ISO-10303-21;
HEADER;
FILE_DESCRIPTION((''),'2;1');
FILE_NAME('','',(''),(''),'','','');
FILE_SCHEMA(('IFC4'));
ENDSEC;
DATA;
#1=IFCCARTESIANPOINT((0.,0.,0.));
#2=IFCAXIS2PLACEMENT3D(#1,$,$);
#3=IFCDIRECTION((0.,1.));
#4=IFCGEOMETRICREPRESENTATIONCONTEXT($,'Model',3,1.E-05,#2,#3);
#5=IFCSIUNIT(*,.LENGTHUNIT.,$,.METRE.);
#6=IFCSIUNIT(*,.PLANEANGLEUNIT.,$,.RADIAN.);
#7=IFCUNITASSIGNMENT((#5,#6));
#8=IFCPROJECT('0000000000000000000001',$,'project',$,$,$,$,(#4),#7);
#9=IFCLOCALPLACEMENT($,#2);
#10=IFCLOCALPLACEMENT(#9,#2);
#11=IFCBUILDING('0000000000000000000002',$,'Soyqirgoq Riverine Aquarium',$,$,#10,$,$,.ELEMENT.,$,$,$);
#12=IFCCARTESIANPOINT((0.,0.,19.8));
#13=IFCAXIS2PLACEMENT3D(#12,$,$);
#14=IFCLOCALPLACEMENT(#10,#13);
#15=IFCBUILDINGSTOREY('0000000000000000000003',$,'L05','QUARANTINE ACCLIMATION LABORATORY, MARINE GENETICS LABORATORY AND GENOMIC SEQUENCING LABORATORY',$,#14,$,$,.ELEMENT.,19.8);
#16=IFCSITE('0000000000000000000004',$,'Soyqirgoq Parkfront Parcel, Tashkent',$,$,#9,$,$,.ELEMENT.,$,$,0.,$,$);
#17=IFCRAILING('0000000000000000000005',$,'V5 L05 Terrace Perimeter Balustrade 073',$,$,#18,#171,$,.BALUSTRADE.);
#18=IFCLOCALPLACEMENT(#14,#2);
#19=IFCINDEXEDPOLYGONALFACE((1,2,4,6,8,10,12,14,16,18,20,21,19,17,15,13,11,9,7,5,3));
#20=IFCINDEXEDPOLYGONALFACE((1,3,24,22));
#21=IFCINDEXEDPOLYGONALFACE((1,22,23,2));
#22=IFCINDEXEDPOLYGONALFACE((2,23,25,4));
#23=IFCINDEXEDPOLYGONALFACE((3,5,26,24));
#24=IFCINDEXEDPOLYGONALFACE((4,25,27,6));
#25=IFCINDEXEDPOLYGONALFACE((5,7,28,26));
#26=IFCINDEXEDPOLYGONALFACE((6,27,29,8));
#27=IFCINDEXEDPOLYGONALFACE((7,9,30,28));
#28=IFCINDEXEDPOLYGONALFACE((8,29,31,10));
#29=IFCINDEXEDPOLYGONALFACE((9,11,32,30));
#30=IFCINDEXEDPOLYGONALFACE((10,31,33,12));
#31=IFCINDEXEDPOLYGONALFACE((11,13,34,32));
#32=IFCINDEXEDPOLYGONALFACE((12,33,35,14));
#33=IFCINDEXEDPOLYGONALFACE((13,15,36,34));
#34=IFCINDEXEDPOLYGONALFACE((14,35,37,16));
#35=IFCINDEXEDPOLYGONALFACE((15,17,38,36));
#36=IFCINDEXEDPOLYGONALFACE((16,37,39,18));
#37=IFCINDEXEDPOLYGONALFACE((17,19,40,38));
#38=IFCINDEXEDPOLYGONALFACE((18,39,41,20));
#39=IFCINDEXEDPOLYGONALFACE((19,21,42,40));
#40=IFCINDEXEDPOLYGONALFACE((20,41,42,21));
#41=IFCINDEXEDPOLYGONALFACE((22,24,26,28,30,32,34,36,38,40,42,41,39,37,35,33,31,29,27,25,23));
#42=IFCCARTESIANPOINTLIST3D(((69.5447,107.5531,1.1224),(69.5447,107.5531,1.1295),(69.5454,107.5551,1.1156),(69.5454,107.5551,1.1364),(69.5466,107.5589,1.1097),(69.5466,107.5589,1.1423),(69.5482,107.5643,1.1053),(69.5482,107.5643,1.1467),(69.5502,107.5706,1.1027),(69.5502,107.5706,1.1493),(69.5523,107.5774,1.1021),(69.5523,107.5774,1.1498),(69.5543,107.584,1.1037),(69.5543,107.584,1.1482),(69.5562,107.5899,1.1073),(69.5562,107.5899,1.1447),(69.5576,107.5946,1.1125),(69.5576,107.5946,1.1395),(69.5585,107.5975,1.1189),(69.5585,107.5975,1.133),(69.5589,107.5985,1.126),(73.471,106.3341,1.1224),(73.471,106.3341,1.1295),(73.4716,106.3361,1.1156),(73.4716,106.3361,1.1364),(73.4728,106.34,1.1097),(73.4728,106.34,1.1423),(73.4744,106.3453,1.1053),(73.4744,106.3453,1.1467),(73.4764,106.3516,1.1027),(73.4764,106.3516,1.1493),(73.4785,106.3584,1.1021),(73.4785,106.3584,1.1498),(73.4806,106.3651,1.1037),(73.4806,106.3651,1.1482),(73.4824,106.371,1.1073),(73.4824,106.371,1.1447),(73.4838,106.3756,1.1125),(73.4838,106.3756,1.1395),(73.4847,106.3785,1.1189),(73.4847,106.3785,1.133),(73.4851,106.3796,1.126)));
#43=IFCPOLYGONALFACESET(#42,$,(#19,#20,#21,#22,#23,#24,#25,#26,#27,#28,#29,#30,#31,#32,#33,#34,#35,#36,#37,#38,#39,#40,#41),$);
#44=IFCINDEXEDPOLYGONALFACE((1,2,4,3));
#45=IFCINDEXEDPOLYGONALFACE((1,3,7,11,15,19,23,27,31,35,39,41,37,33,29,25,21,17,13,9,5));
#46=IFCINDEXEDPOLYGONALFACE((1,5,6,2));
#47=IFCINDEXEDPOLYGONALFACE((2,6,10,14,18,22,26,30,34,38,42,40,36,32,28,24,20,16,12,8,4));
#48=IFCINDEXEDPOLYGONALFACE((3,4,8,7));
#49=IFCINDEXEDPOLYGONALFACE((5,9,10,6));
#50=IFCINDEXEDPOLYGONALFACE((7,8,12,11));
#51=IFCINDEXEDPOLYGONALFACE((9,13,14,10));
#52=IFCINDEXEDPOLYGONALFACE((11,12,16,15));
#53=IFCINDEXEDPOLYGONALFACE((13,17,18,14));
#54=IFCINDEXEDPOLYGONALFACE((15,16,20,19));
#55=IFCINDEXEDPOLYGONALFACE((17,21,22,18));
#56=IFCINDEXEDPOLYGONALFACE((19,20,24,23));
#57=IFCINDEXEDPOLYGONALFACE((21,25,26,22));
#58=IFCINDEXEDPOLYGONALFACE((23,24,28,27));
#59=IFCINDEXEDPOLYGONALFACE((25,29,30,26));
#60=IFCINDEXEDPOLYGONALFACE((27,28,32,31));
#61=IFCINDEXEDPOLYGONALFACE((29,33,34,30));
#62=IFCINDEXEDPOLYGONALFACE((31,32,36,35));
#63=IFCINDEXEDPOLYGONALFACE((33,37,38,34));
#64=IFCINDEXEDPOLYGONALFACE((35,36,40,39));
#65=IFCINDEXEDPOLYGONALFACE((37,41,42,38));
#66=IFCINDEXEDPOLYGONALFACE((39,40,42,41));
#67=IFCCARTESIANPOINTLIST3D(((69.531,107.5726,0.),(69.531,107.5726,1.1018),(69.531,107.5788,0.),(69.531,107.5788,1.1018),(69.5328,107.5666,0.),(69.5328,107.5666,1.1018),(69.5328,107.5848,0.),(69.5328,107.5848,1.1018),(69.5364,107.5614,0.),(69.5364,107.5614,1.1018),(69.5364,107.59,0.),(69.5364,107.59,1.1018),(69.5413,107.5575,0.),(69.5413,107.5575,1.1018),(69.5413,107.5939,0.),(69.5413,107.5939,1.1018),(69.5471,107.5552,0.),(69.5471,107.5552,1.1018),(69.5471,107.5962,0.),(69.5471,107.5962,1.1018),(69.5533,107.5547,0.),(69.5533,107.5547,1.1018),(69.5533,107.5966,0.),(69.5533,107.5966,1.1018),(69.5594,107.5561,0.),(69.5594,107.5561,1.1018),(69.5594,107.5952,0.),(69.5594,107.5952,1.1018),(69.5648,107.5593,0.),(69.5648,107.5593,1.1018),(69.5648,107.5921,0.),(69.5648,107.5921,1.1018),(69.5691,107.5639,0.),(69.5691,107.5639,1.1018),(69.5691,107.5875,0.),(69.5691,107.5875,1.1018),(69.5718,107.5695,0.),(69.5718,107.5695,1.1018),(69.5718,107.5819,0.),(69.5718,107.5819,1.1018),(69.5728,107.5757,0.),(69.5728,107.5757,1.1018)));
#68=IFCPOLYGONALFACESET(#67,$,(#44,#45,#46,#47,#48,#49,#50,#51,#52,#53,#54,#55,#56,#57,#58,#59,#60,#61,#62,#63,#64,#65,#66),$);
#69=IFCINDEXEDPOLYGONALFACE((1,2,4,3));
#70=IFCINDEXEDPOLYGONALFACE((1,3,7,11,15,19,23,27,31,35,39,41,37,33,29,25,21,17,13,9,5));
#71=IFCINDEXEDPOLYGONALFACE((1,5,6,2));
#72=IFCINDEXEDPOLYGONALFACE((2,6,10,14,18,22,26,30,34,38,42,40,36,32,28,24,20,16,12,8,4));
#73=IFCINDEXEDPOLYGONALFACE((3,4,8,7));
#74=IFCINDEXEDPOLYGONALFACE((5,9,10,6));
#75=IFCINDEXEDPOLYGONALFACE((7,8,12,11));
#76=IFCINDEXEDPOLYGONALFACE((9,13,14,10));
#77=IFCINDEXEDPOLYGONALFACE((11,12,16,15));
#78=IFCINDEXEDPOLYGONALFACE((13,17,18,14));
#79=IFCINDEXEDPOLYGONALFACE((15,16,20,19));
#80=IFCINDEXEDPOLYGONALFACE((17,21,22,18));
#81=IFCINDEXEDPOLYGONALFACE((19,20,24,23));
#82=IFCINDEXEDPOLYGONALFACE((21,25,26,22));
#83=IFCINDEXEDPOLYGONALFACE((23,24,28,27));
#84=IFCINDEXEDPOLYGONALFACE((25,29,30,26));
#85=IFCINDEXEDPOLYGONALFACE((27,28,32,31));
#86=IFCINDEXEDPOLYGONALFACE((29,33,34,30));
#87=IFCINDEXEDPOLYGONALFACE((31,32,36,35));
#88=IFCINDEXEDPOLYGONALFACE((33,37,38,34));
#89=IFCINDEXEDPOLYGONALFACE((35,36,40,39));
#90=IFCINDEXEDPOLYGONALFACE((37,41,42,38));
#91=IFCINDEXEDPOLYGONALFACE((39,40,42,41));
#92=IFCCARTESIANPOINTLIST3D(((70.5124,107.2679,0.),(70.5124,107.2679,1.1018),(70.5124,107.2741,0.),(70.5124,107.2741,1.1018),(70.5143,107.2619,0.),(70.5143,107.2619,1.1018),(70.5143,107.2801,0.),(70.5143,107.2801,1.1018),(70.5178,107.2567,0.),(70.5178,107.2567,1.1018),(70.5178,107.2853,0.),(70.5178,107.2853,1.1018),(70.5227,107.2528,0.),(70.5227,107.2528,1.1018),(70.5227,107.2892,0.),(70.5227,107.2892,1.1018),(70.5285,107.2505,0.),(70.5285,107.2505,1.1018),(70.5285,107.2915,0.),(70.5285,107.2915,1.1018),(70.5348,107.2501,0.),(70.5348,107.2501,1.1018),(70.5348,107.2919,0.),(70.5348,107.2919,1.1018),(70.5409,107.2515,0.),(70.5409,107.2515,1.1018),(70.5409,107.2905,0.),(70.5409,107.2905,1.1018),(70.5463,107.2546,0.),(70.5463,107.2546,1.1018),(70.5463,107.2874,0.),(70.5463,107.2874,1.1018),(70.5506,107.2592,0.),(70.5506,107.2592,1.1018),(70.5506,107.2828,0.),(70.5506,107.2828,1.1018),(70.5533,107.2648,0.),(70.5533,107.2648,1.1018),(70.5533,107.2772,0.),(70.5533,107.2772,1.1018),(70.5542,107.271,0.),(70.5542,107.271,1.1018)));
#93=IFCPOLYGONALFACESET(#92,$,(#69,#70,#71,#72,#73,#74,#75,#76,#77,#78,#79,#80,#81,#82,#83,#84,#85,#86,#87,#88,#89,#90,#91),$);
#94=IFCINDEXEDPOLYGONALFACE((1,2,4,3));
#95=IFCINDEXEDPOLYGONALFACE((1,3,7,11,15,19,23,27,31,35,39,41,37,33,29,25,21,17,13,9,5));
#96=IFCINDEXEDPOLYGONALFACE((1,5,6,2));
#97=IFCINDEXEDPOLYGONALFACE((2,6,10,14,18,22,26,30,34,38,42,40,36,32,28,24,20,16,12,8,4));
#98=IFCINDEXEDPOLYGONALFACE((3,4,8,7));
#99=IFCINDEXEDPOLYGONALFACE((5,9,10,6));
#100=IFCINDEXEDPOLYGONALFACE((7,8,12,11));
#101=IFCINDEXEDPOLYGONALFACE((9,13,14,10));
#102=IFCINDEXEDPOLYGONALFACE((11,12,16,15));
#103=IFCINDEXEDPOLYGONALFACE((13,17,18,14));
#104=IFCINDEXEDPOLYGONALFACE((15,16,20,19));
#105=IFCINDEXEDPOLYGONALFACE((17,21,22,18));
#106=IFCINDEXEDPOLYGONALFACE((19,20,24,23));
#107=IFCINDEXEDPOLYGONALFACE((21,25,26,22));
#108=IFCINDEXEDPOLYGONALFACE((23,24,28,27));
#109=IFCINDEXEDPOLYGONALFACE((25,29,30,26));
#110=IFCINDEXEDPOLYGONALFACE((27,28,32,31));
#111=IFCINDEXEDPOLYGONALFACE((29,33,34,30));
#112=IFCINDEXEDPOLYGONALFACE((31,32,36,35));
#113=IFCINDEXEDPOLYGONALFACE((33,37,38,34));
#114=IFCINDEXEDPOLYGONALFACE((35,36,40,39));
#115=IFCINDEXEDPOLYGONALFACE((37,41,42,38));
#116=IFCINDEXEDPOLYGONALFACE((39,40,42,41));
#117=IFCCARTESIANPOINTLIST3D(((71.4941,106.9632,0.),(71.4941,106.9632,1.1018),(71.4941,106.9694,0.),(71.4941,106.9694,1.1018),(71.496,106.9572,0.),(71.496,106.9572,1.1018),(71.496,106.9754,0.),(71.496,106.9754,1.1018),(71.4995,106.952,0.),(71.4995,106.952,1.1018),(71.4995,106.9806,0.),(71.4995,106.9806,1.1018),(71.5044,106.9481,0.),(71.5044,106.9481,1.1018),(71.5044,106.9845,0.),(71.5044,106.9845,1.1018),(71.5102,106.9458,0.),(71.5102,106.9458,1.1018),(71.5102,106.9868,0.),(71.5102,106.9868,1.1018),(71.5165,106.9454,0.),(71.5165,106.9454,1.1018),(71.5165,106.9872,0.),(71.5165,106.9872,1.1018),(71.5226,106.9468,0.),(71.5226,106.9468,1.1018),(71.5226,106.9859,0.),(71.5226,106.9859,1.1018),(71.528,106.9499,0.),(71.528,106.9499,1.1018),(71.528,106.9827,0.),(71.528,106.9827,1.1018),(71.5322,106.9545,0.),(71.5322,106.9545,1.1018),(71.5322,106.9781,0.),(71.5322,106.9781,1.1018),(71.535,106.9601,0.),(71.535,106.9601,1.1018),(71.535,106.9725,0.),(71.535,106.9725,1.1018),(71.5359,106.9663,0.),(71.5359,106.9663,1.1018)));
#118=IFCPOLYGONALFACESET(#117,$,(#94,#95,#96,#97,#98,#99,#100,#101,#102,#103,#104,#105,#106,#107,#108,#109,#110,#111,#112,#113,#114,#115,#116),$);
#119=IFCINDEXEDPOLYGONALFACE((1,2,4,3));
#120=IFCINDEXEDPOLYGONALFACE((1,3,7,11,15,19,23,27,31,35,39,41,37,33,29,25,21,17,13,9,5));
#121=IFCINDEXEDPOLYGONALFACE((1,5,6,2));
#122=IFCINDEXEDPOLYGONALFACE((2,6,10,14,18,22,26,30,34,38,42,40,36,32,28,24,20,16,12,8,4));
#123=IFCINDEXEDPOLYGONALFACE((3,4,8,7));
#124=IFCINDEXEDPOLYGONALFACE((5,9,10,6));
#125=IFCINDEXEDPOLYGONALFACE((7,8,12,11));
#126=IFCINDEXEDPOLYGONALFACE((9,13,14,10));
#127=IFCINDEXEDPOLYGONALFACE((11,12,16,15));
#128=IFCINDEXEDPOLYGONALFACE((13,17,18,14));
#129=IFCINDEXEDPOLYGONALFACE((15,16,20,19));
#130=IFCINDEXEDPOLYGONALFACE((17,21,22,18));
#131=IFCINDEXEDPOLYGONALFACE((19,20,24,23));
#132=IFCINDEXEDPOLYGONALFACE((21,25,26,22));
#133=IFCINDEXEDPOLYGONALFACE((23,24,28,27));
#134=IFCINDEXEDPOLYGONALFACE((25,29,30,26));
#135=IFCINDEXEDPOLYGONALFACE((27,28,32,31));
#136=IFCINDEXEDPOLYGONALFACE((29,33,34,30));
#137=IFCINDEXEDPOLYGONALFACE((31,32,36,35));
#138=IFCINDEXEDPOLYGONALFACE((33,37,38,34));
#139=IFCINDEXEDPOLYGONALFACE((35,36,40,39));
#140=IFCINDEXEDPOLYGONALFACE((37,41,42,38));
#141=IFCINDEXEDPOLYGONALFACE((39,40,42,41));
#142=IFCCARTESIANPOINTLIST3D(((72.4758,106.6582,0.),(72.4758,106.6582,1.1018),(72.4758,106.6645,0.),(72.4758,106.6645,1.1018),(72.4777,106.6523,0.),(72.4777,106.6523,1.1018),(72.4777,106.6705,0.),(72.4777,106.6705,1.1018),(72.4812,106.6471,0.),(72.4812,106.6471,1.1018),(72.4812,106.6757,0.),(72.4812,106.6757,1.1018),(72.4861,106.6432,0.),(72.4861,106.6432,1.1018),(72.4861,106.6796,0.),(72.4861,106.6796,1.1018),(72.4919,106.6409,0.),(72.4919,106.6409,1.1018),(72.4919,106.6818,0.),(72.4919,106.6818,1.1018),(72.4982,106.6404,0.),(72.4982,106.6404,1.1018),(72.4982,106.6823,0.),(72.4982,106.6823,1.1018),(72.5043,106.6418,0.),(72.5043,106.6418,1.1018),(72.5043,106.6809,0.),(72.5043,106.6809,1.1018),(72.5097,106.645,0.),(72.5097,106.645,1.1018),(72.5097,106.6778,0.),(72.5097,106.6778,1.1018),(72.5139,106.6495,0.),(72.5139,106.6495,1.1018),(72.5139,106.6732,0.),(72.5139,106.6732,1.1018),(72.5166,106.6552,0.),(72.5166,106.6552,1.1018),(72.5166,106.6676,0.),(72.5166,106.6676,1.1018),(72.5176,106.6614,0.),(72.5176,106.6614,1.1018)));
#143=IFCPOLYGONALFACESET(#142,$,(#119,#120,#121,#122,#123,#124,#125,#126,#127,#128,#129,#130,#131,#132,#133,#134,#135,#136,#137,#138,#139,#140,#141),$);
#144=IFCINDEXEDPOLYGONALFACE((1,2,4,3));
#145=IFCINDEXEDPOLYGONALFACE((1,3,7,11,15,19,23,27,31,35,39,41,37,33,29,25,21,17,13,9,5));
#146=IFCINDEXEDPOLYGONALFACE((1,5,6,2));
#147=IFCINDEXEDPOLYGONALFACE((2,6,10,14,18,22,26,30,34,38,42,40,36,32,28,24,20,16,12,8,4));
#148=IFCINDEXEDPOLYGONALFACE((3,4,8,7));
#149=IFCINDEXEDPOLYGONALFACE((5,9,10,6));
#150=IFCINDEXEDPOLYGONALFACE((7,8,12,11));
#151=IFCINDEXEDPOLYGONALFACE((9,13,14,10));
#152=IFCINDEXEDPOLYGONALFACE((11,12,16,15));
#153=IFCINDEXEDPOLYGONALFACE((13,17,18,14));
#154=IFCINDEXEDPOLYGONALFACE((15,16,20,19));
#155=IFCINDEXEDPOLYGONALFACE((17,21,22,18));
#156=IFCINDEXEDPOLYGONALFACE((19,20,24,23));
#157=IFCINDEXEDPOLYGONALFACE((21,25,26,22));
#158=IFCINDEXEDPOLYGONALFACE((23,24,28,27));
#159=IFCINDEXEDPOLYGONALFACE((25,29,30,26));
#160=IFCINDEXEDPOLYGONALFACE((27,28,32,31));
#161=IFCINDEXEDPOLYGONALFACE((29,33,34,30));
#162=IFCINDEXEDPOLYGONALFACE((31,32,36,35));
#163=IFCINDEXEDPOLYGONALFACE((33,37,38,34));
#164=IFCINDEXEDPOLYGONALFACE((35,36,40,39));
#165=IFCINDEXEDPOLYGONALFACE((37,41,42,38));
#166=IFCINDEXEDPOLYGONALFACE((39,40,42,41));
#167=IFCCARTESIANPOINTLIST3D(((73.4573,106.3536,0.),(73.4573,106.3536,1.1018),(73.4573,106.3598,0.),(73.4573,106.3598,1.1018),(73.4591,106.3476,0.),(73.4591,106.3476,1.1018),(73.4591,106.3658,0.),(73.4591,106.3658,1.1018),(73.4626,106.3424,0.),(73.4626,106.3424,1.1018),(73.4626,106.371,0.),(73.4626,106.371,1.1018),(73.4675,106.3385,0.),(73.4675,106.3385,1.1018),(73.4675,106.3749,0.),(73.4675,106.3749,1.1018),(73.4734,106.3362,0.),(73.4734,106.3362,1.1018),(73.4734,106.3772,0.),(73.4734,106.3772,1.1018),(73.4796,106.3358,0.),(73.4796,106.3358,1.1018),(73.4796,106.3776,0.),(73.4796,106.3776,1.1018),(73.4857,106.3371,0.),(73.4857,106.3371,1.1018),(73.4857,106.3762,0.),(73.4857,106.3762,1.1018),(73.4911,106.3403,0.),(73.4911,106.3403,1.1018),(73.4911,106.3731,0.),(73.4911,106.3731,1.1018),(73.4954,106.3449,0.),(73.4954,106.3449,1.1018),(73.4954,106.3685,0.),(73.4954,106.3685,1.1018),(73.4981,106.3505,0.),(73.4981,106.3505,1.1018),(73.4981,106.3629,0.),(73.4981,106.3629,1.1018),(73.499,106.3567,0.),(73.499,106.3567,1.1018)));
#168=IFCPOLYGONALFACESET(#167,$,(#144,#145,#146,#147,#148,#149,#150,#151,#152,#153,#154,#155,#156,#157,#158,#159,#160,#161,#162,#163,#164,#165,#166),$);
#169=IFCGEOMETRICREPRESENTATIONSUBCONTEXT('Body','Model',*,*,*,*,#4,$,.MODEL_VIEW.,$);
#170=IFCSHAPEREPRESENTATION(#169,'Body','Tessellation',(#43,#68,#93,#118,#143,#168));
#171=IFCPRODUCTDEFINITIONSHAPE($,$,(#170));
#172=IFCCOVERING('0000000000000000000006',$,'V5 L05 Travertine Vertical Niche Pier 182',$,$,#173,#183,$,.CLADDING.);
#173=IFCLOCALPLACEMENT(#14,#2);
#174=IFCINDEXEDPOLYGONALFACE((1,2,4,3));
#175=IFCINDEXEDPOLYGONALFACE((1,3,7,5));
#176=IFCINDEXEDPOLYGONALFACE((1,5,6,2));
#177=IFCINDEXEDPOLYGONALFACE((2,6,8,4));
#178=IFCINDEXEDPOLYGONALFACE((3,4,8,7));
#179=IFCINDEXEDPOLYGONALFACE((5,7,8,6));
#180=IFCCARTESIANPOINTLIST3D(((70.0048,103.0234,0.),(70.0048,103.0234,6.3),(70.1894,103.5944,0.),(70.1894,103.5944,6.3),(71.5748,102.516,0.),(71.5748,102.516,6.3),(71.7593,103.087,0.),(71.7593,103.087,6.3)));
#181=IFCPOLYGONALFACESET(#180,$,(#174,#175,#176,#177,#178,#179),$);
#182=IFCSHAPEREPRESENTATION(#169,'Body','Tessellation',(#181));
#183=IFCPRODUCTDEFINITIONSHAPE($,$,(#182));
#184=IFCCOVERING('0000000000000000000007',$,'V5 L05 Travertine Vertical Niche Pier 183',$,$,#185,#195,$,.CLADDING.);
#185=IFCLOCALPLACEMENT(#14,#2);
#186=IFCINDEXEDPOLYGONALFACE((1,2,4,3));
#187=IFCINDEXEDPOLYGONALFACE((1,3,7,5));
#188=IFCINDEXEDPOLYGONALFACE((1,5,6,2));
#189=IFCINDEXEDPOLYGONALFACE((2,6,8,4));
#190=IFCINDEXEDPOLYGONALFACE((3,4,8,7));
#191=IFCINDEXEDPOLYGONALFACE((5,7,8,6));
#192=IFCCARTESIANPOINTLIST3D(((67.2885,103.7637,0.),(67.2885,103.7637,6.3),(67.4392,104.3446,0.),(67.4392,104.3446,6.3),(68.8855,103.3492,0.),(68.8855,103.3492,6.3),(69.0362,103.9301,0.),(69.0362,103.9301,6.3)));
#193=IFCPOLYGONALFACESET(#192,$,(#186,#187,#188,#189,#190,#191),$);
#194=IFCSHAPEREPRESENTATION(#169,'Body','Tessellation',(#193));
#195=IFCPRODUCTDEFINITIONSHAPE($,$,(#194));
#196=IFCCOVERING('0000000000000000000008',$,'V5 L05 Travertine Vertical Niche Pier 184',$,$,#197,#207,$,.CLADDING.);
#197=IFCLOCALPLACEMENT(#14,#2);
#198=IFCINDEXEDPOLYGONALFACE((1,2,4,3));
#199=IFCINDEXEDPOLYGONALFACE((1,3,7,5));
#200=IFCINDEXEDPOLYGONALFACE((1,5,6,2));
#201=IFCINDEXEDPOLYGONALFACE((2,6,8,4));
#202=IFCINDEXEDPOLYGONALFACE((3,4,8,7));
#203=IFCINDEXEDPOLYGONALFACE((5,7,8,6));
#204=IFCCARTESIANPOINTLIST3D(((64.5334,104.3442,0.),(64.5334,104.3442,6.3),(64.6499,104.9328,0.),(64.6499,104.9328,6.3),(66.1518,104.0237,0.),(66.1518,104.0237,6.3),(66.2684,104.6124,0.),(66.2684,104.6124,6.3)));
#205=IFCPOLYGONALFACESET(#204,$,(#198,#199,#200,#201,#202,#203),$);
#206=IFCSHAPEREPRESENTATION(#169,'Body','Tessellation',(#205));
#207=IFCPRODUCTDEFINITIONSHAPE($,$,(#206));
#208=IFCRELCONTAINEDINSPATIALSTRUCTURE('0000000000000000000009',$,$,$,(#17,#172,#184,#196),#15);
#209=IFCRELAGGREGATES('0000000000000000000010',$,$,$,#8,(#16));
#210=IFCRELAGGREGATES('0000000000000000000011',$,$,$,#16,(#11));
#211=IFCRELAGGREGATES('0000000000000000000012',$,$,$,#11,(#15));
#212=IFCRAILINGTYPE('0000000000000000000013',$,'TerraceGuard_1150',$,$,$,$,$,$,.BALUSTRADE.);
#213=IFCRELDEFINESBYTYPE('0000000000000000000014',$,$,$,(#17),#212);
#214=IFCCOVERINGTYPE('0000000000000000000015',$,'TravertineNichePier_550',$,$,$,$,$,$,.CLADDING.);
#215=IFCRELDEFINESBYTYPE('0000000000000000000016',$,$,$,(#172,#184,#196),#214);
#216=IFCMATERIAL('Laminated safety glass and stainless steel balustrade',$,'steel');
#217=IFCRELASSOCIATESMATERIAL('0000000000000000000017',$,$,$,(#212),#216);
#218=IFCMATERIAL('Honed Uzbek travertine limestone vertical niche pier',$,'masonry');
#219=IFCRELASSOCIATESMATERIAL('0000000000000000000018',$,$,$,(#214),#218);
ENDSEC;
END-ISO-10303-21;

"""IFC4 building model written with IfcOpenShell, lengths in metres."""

from ifc_helpers import new_model, si_unit, direction, frame, origin, origin_2d, place, context, subcontext, project, spatial, rectangle, circle, extrude, material, type_object, element, save


model = new_model("IFC4")

# Units and contexts
model_context = context("Model", 3, precision=1e-05, world=origin(), true_north=direction((0.0, 1.0)))
body_context = subcontext(model_context, "Body", "Model", "MODEL_VIEW")
ifc_project = project(units=[si_unit("LENGTHUNIT", "METRE"), si_unit("PLANEANGLEUNIT", "RADIAN")], contexts=[model_context])

# Site, building, storey
site_placement = place(None, origin())
site = spatial("IfcSite", under=ifc_project, at=site_placement, Name="Soyqirgoq Parkfront Parcel, Tashkent", CompositionType="ELEMENT", RefElevation=0.0)
building_placement = place(site_placement, origin())
building = spatial("IfcBuilding", under=site, at=building_placement, Name="Soyqirgoq Riverine Aquarium", CompositionType="ELEMENT")
storey_placement = place(building_placement, frame((0.0, 0.0, 19.8)))
storey = spatial("IfcBuildingStorey", under=building, at=storey_placement, Name="L05", Description="QUARANTINE ACCLIMATION LABORATORY, MARINE GENETICS LABORATORY AND GENOMIC SEQUENCING LABORATORY", CompositionType="ELEMENT", Elevation=19.8)

# Railing
ifc_material_1 = material(Name="Laminated safety glass and stainless steel balustrade", Category="steel")
railing_type_1 = type_object("IfcRailingType", Name="TerraceGuard_1150", PredefinedType="BALUSTRADE", material=ifc_material_1)
railing_1_placement = place(storey_placement, frame((69.5518, 107.5757, 0.0)))
element("IfcRailing", 1, at=railing_1_placement, inside=storey, type_object=railing_type_1, Name="V5 L05 Terrace Perimeter Balustrade 073", PredefinedType="BALUSTRADE", context=body_context, shape_type="SweptSolid", body=[
    extrude(circle(Radius=0.0239, at=origin_2d()), frame((0.0, 0.0, 1.126), z_axis=(0.95503, -0.296509, 0.0), x_axis=(0.296509, 0.95503, 0.0)), (0.0, 0.0, 1.0), 4.1111),
    extrude(circle(Radius=0.021, at=origin_2d()), origin(), (0.0, 0.0, 1.0), 1.1018),
    extrude(circle(Radius=0.021, at=origin_2d()), frame((0.9814, -0.3047, 0.0)), (0.0, 0.0, 1.0), 1.1018),
    extrude(circle(Radius=0.021, at=origin_2d()), frame((1.9631, -0.6094, 0.0)), (0.0, 0.0, 1.0), 1.1018),
    extrude(circle(Radius=0.021, at=origin_2d()), frame((2.9448, -0.9143, 0.0)), (0.0, 0.0, 1.0), 1.1018),
    extrude(circle(Radius=0.021, at=origin_2d()), frame((3.9263, -1.219, 0.0)), (0.0, 0.0, 1.0), 1.1018),
])

# Coverings
ifc_material_2 = material(Name="Honed Uzbek travertine limestone vertical niche pier", Category="masonry")
covering_type = type_object("IfcCoveringType", Name="TravertineNichePier_550", PredefinedType="CLADDING", material=ifc_material_2)
for number, where, z_axis, x_axis, name in (
    (2, (70.8821, 103.0552, 0.0), (0.0, 0.0, 1.0), (0.307523, 0.951541, 0.0), "V5 L05 Travertine Vertical Niche Pier 182"),
    (3, (68.1624, 103.8469, 0.0), (0.0, 0.0, 1.0), (0.251225, 0.967929, 0.0), "V5 L05 Travertine Vertical Niche Pier 183"),
    (4, (65.4009, 104.4783, 0.0), (0.0, 0.0, 1.0), (0.194234, 0.980955, 0.0), "V5 L05 Travertine Vertical Niche Pier 184"),
):
    element("IfcCovering", number, at=place(storey_placement, frame(where, z_axis=z_axis, x_axis=x_axis)), inside=storey, type_object=covering_type, Name=name, PredefinedType="CLADDING", context=body_context, shape_type="SweptSolid", body=[
        extrude(rectangle(XDim=0.6001, YDim=1.6499, at=origin_2d()), origin(), (0.0, 0.0, 1.0), 6.3),
    ])

save(model, "model.ifc")
